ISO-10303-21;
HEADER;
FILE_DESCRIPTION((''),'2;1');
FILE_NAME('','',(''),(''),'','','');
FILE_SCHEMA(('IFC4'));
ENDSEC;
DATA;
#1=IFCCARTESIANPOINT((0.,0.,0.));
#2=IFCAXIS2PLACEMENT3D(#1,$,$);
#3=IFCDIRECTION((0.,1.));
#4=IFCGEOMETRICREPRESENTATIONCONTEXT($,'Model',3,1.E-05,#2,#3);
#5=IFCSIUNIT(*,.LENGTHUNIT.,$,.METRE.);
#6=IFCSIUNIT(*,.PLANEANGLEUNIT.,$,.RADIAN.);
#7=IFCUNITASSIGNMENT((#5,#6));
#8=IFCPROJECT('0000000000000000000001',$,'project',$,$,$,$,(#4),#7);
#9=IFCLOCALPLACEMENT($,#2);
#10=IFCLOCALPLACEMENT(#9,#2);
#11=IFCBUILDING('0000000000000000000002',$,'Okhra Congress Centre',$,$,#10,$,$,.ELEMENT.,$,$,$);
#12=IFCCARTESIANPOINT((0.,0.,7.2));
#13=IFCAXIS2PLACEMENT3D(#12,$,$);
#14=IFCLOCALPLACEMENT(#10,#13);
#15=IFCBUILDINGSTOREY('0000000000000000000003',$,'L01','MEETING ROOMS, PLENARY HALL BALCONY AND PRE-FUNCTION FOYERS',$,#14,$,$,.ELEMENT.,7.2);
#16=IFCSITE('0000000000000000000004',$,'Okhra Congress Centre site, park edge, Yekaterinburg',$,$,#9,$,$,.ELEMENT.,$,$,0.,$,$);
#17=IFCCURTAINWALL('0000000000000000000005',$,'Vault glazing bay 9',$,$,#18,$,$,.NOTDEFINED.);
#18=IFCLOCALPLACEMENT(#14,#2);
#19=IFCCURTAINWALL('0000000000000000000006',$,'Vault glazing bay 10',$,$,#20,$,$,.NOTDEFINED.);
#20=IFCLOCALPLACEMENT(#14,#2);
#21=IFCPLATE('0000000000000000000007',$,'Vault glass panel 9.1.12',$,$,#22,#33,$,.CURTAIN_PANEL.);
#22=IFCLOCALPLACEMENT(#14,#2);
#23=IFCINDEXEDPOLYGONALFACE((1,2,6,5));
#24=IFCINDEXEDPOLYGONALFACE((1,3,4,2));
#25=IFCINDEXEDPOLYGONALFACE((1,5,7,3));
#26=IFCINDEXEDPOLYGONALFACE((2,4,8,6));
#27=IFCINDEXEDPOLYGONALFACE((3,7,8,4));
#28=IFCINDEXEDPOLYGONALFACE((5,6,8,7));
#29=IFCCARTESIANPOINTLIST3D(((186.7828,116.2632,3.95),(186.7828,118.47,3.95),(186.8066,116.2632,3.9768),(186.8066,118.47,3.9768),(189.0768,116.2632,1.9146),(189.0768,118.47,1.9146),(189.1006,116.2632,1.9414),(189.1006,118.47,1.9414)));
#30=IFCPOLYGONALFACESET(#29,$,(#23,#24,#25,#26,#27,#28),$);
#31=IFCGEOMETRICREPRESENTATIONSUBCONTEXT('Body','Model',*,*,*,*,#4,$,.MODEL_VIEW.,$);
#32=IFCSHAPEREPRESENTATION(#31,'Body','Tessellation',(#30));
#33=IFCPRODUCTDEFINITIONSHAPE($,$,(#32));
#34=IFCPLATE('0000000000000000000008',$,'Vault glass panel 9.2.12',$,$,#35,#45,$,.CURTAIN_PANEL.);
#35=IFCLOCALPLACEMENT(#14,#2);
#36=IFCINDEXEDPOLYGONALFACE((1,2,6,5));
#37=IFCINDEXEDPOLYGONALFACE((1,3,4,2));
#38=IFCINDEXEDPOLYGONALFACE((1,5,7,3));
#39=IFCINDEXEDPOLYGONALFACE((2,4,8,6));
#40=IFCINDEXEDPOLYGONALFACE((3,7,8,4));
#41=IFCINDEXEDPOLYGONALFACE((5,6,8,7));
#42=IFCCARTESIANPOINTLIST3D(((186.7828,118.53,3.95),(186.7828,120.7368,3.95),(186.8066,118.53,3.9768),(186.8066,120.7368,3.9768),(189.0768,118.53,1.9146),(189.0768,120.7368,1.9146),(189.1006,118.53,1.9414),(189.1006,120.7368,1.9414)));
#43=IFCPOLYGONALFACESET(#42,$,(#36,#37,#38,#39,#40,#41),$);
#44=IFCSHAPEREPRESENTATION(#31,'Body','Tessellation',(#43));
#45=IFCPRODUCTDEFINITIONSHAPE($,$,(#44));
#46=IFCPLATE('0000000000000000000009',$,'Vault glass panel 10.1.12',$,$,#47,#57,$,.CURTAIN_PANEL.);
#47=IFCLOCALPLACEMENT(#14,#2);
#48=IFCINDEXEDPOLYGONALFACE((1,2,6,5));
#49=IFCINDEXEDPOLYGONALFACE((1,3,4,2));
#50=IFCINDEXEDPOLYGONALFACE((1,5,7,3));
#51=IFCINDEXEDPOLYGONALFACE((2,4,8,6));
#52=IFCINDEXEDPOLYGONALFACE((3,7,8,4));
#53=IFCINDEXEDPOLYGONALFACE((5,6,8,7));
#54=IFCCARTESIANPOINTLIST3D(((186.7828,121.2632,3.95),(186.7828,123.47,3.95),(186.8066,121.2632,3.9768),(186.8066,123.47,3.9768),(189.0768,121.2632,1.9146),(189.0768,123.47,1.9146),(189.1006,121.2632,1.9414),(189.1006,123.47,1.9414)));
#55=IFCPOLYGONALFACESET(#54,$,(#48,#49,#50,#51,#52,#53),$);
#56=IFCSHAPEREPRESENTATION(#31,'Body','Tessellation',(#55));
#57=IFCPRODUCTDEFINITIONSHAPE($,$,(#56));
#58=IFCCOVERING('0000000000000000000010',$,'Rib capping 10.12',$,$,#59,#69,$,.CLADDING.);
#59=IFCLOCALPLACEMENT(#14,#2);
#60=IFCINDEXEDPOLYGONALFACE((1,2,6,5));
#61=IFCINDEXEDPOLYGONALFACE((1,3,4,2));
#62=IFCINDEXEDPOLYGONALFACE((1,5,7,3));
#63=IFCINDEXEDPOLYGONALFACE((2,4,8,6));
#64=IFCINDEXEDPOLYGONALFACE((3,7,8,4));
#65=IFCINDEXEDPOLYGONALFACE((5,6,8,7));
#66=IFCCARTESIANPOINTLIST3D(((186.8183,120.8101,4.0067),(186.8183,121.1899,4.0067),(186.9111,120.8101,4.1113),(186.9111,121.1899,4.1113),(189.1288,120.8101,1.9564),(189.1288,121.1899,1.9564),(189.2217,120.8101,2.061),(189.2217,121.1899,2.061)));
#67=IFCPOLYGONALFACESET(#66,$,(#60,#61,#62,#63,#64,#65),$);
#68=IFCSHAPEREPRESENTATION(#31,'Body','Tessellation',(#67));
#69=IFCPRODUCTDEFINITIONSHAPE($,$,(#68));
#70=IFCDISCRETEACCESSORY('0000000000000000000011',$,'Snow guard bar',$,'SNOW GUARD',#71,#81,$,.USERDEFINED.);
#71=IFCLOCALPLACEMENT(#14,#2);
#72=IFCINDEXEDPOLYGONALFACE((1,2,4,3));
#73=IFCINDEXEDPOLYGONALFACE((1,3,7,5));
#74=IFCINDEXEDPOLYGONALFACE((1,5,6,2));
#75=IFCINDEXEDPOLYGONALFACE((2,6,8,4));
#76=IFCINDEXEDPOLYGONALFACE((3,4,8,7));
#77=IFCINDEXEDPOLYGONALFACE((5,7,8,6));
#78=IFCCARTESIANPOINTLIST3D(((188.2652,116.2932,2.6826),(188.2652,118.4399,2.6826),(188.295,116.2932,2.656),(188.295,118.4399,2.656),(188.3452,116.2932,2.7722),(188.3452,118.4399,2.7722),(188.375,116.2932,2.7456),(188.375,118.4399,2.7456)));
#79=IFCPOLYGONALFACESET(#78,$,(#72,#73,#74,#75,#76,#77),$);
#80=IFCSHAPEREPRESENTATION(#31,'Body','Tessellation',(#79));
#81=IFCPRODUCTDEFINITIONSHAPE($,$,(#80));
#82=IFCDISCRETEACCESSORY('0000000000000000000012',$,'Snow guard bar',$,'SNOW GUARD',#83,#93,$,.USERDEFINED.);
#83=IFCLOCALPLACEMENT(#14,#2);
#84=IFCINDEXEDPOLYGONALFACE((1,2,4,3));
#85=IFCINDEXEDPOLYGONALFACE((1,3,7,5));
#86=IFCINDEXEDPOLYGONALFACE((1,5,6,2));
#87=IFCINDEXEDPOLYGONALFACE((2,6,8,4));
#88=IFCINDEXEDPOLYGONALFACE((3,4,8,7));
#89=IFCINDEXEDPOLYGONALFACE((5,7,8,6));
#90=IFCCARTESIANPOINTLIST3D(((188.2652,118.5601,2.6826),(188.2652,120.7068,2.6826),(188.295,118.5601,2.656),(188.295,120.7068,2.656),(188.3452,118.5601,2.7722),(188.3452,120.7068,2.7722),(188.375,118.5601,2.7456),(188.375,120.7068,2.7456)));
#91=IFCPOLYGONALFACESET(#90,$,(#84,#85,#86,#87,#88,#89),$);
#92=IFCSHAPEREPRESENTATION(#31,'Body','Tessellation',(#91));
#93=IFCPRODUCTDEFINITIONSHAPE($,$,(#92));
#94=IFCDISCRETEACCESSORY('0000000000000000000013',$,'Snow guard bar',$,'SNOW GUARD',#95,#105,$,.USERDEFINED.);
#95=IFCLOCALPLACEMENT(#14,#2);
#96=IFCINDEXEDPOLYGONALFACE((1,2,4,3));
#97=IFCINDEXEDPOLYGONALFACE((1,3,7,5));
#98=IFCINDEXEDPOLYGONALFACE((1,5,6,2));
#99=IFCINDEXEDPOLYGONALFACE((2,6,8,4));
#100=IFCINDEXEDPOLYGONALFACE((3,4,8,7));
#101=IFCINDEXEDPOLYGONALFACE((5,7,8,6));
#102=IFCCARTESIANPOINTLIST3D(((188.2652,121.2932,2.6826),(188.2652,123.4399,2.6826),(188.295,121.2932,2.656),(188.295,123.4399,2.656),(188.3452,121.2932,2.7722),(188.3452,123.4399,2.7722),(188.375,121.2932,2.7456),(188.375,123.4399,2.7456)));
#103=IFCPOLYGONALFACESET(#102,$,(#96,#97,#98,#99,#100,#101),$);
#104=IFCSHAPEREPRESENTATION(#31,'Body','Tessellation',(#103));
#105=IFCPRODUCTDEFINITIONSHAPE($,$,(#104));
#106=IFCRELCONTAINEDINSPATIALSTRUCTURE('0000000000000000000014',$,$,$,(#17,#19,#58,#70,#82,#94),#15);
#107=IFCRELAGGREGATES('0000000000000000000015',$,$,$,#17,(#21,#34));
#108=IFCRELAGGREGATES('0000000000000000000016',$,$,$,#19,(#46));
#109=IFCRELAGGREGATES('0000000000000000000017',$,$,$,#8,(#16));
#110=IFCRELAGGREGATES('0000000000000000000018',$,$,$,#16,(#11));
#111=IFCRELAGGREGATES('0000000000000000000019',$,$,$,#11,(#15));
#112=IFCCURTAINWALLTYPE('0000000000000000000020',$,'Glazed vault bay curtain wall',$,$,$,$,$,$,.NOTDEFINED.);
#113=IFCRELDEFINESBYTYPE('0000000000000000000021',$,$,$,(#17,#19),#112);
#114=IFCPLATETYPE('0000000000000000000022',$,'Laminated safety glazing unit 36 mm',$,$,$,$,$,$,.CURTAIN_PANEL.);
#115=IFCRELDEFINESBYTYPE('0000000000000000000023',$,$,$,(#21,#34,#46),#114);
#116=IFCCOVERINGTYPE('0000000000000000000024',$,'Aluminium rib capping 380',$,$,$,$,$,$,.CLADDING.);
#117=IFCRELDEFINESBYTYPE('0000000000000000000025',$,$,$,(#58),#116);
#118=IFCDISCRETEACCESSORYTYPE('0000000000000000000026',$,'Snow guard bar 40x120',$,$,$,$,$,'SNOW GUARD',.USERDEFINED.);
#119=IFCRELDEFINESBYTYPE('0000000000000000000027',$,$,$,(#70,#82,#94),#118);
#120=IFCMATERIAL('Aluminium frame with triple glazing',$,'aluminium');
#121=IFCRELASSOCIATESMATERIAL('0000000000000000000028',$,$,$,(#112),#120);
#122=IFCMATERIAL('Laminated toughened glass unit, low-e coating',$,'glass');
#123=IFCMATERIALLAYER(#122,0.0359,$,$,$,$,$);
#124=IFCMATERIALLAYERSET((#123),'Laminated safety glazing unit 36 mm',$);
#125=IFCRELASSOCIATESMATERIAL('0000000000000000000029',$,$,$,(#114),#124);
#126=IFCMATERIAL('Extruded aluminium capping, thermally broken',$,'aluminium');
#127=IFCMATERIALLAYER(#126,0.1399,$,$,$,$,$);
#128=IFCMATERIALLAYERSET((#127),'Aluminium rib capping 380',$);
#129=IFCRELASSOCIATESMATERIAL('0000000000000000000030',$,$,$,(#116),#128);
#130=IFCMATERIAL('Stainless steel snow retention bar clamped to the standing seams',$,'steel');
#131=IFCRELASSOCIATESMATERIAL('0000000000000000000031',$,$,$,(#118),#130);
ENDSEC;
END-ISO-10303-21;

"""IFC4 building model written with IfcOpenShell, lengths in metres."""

from ifc_helpers import new_model, si_unit, direction, frame, origin, place, context, subcontext, project, spatial, polyline, outline, extrude, material, layer, layer_set, type_object, element, aggregate, save


model = new_model("IFC4")

# Units and contexts
model_context = context("Model", 3, precision=1e-05, world=origin(), true_north=direction((0.0, 1.0)))
body_context = subcontext(model_context, "Body", "Model", "MODEL_VIEW")
ifc_project = project(units=[si_unit("LENGTHUNIT", "METRE"), si_unit("PLANEANGLEUNIT", "RADIAN")], contexts=[model_context])

# Site, building, storey
site_placement = place(None, origin())
site = spatial("IfcSite", under=ifc_project, at=site_placement, Name="Okhra Congress Centre site, park edge, Yekaterinburg", CompositionType="ELEMENT", RefElevation=0.0)
building_placement = place(site_placement, origin())
building = spatial("IfcBuilding", under=site, at=building_placement, Name="Okhra Congress Centre", CompositionType="ELEMENT")
storey_placement = place(building_placement, frame((0.0, 0.0, 7.2)))
storey = spatial("IfcBuildingStorey", under=building, at=storey_placement, Name="L01", Description="MEETING ROOMS, PLENARY HALL BALCONY AND PRE-FUNCTION FOYERS", CompositionType="ELEMENT", Elevation=7.2)

# Curtain wall
ifc_material_1 = material(Name="Aluminium frame with triple glazing", Category="aluminium")
curtain_wall_type = type_object("IfcCurtainWallType", Name="Glazed vault bay curtain wall", PredefinedType="NOTDEFINED", material=ifc_material_1)
curtain_wall_1_placement = place(storey_placement, origin())
curtain_wall_1 = element("IfcCurtainWall", 1, at=curtain_wall_1_placement, inside=storey, type_object=curtain_wall_type, Name="Vault glazing bay 9", PredefinedType="NOTDEFINED")

# Curtain wall
curtain_wall_2_placement = place(storey_placement, origin())
curtain_wall_2 = element("IfcCurtainWall", 2, at=curtain_wall_2_placement, inside=storey, type_object=curtain_wall_type, Name="Vault glazing bay 10", PredefinedType="NOTDEFINED")

# Plates
ifc_material_2 = material(Name="Laminated toughened glass unit, low-e coating", Category="glass")
ifc_layer_1 = layer(ifc_material_2, 0.0359)
ifc_layer_set_1 = layer_set([ifc_layer_1], Name="Laminated safety glazing unit 36 mm")
plate_type = type_object("IfcPlateType", Name="Laminated safety glazing unit 36 mm", PredefinedType="CURTAIN_PANEL", material=ifc_layer_set_1)
plate_1_placement = place(storey_placement, frame((186.8066, 116.2632, 3.9768), z_axis=(0.663697, 0.0, 0.748002), x_axis=(0.748002, 0.0, -0.663697)))
plate_1 = element("IfcPlate", 3, at=plate_1_placement, type_object=plate_type, Name="Vault glass panel 9.1.12", PredefinedType="CURTAIN_PANEL", context=body_context, shape_type="SweptSolid", body=[
    extrude(outline(polyline([(0.0, 0.0), (3.0668, 0.0), (3.0668, 2.2068), (0.0, 2.2068), (0.0, 0.0)])), origin(), (0.0, 0.0, -1.0), 0.0359),
])
plate_2_placement = place(storey_placement, frame((186.8066, 118.53, 3.9768), z_axis=(0.663697, 0.0, 0.748002), x_axis=(0.748002, 0.0, -0.663697)))
plate_2 = element("IfcPlate", 4, at=plate_2_placement, type_object=plate_type, Name="Vault glass panel 9.2.12", PredefinedType="CURTAIN_PANEL", context=body_context, shape_type="SweptSolid", body=[
    extrude(outline(polyline([(0.0, 0.0), (3.0668, 0.0), (3.0668, 2.2068), (0.0, 2.2068), (0.0, 0.0)])), origin(), (0.0, 0.0, -1.0), 0.0359),
])
aggregate(curtain_wall_1, [plate_1, plate_2])
plate_3_placement = place(storey_placement, frame((186.8066, 121.2632, 3.9768), z_axis=(0.663697, 0.0, 0.748002), x_axis=(0.748002, 0.0, -0.663697)))
plate_3 = element("IfcPlate", 5, at=plate_3_placement, type_object=plate_type, Name="Vault glass panel 10.1.12", PredefinedType="CURTAIN_PANEL", context=body_context, shape_type="SweptSolid", body=[
    extrude(outline(polyline([(0.0, 0.0), (3.0668, 0.0), (3.0668, 2.2068), (0.0, 2.2068), (0.0, 0.0)])), origin(), (0.0, 0.0, -1.0), 0.0359),
])
aggregate(curtain_wall_2, [plate_3])

# Covering
ifc_material_3 = material(Name="Extruded aluminium capping, thermally broken", Category="aluminium")
ifc_layer_2 = layer(ifc_material_3, 0.1399)
ifc_layer_set_2 = layer_set([ifc_layer_2], Name="Aluminium rib capping 380")
covering_type = type_object("IfcCoveringType", Name="Aluminium rib capping 380", PredefinedType="CLADDING", material=ifc_layer_set_2)
covering_placement = place(storey_placement, frame((186.9111, 120.8101, 4.1113), z_axis=(0.663726, 0.0, 0.747976), x_axis=(0.747976, 0.0, -0.663726)))
element("IfcCovering", 6, at=covering_placement, inside=storey, type_object=covering_type, Name="Rib capping 10.12", PredefinedType="CLADDING", context=body_context, shape_type="SweptSolid", body=[
    extrude(outline(polyline([(0.0, 0.0), (3.0891, 0.0), (3.0891, 0.3799), (0.0, 0.3799), (0.0, 0.0)])), origin(), (0.0, 0.0, -1.0), 0.1399),
])

# Discrete accessories
ifc_material_4 = material(Name="Stainless steel snow retention bar clamped to the standing seams", Category="steel")
discrete_accessory_type = type_object("IfcDiscreteAccessoryType", Name="Snow guard bar 40x120", ElementType="SNOW GUARD", PredefinedType="USERDEFINED", material=ifc_material_4)
for number, where, z_axis, x_axis, name in (
    (7, (188.3452, 116.2932, 2.7722), (0.666259, 0.0, 0.745721), (0.745721, 0.0, -0.666259), "Snow guard bar"),
    (8, (188.3452, 118.5601, 2.7722), (0.666259, 0.0, 0.745721), (0.745721, 0.0, -0.666259), "Snow guard bar"),
    (9, (188.3452, 121.2932, 2.7722), (0.666259, 0.0, 0.745721), (0.745721, 0.0, -0.666259), "Snow guard bar"),
):
    element("IfcDiscreteAccessory", number, at=place(storey_placement, frame(where, z_axis=z_axis, x_axis=x_axis)), inside=storey, type_object=discrete_accessory_type, Name=name, ObjectType="SNOW GUARD", PredefinedType="USERDEFINED", context=body_context, shape_type="SweptSolid", body=[
        extrude(outline(polyline([(0.0, 0.0), (0.0399, 0.0), (0.0399, 2.1467), (0.0, 2.1467), (0.0, 0.0)])), origin(), (0.0, 0.0, -1.0), 0.1201),
    ])

save(model, "model.ifc")
